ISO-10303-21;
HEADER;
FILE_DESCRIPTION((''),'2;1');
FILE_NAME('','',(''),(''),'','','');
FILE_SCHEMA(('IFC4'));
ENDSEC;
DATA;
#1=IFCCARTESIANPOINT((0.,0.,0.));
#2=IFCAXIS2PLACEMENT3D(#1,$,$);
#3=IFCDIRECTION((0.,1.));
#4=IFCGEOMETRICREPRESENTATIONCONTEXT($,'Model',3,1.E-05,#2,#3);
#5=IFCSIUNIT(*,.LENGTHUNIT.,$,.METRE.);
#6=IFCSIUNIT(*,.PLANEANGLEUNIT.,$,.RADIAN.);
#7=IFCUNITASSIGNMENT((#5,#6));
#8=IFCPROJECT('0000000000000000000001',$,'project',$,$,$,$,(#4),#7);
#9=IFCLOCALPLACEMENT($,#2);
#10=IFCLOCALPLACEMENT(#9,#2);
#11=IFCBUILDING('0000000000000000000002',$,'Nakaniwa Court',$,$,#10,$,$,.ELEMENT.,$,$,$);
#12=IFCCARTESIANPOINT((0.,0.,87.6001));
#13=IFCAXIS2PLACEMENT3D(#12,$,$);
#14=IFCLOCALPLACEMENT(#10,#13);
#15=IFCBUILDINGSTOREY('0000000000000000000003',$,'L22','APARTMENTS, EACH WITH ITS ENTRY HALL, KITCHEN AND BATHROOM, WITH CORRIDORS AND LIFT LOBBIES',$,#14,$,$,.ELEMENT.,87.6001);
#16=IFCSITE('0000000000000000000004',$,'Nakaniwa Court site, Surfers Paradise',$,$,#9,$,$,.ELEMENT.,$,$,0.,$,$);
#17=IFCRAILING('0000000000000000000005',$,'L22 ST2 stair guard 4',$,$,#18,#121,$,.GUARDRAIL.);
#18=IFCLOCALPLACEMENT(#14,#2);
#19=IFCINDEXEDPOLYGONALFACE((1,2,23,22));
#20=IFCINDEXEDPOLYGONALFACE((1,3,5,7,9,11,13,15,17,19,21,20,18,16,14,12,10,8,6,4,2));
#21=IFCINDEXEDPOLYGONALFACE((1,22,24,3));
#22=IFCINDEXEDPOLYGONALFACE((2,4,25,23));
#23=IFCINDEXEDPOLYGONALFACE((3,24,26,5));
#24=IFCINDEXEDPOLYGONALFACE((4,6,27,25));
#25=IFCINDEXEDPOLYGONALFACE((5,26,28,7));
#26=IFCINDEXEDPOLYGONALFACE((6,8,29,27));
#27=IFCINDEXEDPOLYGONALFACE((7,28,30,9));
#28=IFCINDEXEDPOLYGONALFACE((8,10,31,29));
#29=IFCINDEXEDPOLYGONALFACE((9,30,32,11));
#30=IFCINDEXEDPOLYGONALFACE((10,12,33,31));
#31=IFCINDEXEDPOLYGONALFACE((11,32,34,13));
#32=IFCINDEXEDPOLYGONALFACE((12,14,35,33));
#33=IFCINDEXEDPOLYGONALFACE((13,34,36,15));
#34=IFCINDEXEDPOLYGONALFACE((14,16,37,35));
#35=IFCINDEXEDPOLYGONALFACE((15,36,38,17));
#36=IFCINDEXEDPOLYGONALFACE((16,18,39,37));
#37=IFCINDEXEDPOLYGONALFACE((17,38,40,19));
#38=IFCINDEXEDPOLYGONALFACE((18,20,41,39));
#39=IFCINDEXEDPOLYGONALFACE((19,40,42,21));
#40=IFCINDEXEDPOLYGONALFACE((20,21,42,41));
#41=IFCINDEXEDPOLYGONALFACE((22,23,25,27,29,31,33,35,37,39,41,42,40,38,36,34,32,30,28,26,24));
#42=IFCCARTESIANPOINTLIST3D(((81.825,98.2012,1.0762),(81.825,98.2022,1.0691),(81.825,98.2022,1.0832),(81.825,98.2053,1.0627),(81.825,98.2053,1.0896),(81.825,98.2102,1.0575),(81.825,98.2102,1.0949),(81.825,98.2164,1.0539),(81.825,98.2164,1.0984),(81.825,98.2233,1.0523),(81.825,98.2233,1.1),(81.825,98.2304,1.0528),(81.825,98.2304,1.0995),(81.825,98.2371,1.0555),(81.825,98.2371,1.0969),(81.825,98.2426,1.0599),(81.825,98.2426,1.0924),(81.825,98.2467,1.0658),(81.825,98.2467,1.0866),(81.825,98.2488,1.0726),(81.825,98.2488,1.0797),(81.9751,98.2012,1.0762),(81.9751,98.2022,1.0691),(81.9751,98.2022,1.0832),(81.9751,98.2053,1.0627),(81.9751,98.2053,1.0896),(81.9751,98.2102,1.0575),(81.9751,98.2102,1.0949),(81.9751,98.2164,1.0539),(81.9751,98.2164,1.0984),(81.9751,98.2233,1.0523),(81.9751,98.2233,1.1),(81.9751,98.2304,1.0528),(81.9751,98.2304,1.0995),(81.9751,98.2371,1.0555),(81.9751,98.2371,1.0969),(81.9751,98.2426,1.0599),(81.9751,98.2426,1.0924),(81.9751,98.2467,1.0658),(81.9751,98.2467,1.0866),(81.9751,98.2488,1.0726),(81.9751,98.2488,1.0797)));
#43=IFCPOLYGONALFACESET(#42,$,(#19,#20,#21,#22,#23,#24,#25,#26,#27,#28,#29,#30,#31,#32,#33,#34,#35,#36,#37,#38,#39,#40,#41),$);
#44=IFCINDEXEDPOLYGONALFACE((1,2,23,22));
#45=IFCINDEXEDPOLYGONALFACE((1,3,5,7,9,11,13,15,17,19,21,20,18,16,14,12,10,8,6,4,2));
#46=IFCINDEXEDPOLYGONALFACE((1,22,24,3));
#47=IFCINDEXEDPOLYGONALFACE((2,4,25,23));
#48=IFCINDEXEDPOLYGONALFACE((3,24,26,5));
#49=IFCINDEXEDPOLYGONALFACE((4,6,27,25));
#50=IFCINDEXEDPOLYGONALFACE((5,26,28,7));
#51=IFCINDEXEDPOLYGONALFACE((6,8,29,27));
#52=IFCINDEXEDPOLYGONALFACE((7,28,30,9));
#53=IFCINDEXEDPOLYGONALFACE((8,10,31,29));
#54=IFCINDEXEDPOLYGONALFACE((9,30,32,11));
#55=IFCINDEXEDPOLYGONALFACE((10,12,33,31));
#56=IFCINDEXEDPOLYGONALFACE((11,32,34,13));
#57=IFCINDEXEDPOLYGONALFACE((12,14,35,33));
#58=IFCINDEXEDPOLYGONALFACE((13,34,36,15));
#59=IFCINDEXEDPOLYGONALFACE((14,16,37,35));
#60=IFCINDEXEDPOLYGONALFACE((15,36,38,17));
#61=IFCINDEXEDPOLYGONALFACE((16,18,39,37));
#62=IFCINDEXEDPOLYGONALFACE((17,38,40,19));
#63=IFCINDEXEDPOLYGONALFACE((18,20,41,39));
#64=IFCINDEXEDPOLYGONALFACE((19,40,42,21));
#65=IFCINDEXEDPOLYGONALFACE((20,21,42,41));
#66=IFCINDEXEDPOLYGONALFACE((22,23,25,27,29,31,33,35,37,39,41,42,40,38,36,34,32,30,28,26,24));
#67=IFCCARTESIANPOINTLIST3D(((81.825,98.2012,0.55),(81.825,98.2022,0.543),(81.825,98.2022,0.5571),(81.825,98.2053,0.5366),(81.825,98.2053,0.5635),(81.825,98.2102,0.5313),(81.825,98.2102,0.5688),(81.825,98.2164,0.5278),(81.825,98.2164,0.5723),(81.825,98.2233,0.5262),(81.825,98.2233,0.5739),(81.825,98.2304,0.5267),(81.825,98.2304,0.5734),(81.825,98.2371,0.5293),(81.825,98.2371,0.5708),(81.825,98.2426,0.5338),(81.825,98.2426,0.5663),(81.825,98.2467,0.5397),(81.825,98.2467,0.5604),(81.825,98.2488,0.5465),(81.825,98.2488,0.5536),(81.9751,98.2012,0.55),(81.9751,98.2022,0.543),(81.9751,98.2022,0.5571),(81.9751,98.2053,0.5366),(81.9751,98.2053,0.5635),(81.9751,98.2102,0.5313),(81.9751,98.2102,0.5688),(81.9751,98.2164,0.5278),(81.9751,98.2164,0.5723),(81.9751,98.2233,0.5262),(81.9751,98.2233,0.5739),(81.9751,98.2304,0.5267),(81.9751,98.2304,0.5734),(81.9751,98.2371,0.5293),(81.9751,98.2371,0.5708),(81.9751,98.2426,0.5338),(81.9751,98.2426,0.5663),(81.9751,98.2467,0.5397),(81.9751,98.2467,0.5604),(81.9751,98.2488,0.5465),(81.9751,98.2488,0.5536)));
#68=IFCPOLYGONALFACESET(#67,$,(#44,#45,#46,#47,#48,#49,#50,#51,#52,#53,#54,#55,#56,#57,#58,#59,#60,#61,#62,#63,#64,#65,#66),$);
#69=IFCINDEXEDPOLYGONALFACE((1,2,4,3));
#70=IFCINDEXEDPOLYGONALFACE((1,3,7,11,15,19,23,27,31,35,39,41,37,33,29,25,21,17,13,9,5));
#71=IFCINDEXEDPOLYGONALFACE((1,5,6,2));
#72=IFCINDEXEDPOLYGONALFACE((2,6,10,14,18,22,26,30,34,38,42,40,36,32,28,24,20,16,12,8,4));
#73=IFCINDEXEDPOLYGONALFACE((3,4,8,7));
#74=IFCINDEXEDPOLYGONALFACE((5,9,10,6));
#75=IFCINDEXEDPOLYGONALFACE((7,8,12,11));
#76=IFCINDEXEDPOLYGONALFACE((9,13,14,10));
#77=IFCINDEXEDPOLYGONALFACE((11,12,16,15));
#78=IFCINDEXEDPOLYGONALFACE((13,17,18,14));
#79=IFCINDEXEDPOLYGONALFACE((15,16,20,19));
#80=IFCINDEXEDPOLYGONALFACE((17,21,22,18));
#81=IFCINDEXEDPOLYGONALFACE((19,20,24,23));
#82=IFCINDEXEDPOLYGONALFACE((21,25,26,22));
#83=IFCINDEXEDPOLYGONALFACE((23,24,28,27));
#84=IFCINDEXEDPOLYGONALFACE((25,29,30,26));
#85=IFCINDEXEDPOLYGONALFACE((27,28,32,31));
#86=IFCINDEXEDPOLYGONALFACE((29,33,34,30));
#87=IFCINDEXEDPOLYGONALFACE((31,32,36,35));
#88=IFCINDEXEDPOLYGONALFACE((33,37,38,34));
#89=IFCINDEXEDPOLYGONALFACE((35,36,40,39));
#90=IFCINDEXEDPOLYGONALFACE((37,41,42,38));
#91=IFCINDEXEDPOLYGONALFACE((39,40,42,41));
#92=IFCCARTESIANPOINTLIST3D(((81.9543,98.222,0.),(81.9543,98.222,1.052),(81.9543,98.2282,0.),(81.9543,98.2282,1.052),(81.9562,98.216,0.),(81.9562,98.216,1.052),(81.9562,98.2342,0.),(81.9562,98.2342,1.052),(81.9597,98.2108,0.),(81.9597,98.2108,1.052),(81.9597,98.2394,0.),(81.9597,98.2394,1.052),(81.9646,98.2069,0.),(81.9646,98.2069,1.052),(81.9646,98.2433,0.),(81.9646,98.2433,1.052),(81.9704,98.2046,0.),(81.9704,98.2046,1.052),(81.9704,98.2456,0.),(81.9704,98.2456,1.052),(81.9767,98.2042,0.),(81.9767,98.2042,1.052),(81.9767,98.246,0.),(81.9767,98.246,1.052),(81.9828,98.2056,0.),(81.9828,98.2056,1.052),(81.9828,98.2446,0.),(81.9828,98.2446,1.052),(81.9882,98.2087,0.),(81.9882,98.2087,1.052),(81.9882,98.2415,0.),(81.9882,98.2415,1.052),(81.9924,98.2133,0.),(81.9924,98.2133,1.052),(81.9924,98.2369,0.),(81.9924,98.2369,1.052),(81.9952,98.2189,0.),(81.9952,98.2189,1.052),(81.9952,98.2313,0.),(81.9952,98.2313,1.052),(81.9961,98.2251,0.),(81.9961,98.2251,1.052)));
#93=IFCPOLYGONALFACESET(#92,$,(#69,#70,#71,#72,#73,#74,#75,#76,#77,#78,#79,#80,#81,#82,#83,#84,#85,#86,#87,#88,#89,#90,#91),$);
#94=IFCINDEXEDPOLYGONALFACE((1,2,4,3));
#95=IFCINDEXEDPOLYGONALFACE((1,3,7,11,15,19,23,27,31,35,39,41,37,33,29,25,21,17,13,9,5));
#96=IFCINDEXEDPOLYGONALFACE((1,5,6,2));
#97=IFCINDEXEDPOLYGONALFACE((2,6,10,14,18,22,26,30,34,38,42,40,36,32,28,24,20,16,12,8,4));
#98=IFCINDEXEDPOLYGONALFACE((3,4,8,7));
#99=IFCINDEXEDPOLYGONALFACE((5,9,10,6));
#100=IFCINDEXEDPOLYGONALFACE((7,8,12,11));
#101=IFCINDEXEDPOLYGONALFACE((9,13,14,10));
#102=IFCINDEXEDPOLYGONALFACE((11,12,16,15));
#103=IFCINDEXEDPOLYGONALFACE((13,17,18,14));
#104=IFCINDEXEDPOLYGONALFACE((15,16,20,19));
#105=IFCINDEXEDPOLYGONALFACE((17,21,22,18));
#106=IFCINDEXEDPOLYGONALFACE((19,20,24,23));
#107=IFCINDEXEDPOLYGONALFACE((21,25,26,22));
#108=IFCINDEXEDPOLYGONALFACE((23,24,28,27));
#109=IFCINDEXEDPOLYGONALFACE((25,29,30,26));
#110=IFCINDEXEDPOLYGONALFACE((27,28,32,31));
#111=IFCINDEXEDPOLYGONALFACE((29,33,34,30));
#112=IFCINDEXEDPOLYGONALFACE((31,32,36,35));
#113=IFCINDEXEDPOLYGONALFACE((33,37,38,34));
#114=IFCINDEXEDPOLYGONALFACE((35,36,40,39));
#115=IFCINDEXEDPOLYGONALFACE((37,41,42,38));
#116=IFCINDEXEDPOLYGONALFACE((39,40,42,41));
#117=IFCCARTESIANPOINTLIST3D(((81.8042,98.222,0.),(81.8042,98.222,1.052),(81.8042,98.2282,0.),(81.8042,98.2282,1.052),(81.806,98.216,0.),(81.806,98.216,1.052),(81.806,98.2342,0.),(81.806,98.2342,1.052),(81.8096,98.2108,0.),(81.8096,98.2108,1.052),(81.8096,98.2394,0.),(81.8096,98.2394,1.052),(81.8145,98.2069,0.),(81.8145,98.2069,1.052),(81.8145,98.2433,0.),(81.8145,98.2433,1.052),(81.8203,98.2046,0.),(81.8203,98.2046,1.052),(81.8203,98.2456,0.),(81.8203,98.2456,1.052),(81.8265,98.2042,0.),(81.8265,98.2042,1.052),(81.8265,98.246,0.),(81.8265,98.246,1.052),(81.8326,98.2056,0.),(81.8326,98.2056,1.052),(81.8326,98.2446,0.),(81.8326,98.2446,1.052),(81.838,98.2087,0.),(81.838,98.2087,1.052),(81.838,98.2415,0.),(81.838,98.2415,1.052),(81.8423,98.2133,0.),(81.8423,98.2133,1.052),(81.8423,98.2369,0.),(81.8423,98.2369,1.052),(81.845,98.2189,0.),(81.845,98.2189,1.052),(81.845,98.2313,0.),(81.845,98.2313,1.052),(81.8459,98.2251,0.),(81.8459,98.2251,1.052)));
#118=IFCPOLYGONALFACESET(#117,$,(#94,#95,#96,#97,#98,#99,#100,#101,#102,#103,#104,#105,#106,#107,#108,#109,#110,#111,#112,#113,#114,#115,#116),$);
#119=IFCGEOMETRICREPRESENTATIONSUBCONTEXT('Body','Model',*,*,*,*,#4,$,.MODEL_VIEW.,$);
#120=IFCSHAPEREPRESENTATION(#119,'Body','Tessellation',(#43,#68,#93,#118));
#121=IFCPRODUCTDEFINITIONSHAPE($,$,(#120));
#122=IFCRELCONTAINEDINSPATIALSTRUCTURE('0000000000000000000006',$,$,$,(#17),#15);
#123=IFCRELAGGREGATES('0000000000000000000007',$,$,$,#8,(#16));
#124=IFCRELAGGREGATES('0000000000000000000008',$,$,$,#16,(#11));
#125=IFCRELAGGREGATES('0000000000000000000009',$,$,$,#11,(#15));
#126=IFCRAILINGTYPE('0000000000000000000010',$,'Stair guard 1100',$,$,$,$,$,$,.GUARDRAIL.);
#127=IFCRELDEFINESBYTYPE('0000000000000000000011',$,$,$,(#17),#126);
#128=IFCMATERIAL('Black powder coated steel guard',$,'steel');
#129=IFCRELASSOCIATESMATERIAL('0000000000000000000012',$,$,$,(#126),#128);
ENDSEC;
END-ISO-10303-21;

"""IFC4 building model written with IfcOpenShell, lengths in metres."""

from ifc_helpers import new_model, si_unit, direction, frame, origin, origin_2d, place, context, subcontext, project, spatial, circle, extrude, material, type_object, element, save


model = new_model("IFC4")

# Units and contexts
model_context = context("Model", 3, precision=1e-05, world=origin(), true_north=direction((0.0, 1.0)))
body_context = subcontext(model_context, "Body", "Model", "MODEL_VIEW")
ifc_project = project(units=[si_unit("LENGTHUNIT", "METRE"), si_unit("PLANEANGLEUNIT", "RADIAN")], contexts=[model_context])

# Site, building, storey
site_placement = place(None, origin())
site = spatial("IfcSite", under=ifc_project, at=site_placement, Name="Nakaniwa Court site, Surfers Paradise", CompositionType="ELEMENT", RefElevation=0.0)
building_placement = place(site_placement, origin())
building = spatial("IfcBuilding", under=site, at=building_placement, Name="Nakaniwa Court", CompositionType="ELEMENT")
storey_placement = place(building_placement, frame((0.0, 0.0, 87.6001)))
storey = spatial("IfcBuildingStorey", under=building, at=storey_placement, Name="L22", Description="APARTMENTS, EACH WITH ITS ENTRY HALL, KITCHEN AND BATHROOM, WITH CORRIDORS AND LIFT LOBBIES", CompositionType="ELEMENT", Elevation=87.6001)

# Railing
ifc_material_1 = material(Name="Black powder coated steel guard", Category="steel")
railing_type_1 = type_object("IfcRailingType", Name="Stair guard 1100", PredefinedType="GUARDRAIL", material=ifc_material_1)
railing_1_placement = place(storey_placement, frame((81.9751, 98.2251, 0.0)))
element("IfcRailing", 1, at=railing_1_placement, inside=storey, type_object=railing_type_1, Name="L22 ST2 stair guard 4", PredefinedType="GUARDRAIL", context=body_context, shape_type="SweptSolid", body=[
    extrude(circle(Radius=0.0239, at=origin_2d()), frame((0.0, 0.0, 1.0762), z_axis=(-1.0, 0.0, 0.0), x_axis=(0.0, -1.0, 0.0)), (0.0, 0.0, 1.0), 0.1501),
    extrude(circle(Radius=0.0239, at=origin_2d()), frame((0.0, 0.0, 0.55), z_axis=(-1.0, 0.0, 0.0), x_axis=(0.0, -1.0, 0.0)), (0.0, 0.0, 1.0), 0.1501),
    extrude(circle(Radius=0.021, at=origin_2d()), origin(), (0.0, 0.0, 1.0), 1.052),
    extrude(circle(Radius=0.021, at=origin_2d()), frame((-0.1501, 0.0, 0.0)), (0.0, 0.0, 1.0), 1.052),
])

save(model, "model.ifc")
